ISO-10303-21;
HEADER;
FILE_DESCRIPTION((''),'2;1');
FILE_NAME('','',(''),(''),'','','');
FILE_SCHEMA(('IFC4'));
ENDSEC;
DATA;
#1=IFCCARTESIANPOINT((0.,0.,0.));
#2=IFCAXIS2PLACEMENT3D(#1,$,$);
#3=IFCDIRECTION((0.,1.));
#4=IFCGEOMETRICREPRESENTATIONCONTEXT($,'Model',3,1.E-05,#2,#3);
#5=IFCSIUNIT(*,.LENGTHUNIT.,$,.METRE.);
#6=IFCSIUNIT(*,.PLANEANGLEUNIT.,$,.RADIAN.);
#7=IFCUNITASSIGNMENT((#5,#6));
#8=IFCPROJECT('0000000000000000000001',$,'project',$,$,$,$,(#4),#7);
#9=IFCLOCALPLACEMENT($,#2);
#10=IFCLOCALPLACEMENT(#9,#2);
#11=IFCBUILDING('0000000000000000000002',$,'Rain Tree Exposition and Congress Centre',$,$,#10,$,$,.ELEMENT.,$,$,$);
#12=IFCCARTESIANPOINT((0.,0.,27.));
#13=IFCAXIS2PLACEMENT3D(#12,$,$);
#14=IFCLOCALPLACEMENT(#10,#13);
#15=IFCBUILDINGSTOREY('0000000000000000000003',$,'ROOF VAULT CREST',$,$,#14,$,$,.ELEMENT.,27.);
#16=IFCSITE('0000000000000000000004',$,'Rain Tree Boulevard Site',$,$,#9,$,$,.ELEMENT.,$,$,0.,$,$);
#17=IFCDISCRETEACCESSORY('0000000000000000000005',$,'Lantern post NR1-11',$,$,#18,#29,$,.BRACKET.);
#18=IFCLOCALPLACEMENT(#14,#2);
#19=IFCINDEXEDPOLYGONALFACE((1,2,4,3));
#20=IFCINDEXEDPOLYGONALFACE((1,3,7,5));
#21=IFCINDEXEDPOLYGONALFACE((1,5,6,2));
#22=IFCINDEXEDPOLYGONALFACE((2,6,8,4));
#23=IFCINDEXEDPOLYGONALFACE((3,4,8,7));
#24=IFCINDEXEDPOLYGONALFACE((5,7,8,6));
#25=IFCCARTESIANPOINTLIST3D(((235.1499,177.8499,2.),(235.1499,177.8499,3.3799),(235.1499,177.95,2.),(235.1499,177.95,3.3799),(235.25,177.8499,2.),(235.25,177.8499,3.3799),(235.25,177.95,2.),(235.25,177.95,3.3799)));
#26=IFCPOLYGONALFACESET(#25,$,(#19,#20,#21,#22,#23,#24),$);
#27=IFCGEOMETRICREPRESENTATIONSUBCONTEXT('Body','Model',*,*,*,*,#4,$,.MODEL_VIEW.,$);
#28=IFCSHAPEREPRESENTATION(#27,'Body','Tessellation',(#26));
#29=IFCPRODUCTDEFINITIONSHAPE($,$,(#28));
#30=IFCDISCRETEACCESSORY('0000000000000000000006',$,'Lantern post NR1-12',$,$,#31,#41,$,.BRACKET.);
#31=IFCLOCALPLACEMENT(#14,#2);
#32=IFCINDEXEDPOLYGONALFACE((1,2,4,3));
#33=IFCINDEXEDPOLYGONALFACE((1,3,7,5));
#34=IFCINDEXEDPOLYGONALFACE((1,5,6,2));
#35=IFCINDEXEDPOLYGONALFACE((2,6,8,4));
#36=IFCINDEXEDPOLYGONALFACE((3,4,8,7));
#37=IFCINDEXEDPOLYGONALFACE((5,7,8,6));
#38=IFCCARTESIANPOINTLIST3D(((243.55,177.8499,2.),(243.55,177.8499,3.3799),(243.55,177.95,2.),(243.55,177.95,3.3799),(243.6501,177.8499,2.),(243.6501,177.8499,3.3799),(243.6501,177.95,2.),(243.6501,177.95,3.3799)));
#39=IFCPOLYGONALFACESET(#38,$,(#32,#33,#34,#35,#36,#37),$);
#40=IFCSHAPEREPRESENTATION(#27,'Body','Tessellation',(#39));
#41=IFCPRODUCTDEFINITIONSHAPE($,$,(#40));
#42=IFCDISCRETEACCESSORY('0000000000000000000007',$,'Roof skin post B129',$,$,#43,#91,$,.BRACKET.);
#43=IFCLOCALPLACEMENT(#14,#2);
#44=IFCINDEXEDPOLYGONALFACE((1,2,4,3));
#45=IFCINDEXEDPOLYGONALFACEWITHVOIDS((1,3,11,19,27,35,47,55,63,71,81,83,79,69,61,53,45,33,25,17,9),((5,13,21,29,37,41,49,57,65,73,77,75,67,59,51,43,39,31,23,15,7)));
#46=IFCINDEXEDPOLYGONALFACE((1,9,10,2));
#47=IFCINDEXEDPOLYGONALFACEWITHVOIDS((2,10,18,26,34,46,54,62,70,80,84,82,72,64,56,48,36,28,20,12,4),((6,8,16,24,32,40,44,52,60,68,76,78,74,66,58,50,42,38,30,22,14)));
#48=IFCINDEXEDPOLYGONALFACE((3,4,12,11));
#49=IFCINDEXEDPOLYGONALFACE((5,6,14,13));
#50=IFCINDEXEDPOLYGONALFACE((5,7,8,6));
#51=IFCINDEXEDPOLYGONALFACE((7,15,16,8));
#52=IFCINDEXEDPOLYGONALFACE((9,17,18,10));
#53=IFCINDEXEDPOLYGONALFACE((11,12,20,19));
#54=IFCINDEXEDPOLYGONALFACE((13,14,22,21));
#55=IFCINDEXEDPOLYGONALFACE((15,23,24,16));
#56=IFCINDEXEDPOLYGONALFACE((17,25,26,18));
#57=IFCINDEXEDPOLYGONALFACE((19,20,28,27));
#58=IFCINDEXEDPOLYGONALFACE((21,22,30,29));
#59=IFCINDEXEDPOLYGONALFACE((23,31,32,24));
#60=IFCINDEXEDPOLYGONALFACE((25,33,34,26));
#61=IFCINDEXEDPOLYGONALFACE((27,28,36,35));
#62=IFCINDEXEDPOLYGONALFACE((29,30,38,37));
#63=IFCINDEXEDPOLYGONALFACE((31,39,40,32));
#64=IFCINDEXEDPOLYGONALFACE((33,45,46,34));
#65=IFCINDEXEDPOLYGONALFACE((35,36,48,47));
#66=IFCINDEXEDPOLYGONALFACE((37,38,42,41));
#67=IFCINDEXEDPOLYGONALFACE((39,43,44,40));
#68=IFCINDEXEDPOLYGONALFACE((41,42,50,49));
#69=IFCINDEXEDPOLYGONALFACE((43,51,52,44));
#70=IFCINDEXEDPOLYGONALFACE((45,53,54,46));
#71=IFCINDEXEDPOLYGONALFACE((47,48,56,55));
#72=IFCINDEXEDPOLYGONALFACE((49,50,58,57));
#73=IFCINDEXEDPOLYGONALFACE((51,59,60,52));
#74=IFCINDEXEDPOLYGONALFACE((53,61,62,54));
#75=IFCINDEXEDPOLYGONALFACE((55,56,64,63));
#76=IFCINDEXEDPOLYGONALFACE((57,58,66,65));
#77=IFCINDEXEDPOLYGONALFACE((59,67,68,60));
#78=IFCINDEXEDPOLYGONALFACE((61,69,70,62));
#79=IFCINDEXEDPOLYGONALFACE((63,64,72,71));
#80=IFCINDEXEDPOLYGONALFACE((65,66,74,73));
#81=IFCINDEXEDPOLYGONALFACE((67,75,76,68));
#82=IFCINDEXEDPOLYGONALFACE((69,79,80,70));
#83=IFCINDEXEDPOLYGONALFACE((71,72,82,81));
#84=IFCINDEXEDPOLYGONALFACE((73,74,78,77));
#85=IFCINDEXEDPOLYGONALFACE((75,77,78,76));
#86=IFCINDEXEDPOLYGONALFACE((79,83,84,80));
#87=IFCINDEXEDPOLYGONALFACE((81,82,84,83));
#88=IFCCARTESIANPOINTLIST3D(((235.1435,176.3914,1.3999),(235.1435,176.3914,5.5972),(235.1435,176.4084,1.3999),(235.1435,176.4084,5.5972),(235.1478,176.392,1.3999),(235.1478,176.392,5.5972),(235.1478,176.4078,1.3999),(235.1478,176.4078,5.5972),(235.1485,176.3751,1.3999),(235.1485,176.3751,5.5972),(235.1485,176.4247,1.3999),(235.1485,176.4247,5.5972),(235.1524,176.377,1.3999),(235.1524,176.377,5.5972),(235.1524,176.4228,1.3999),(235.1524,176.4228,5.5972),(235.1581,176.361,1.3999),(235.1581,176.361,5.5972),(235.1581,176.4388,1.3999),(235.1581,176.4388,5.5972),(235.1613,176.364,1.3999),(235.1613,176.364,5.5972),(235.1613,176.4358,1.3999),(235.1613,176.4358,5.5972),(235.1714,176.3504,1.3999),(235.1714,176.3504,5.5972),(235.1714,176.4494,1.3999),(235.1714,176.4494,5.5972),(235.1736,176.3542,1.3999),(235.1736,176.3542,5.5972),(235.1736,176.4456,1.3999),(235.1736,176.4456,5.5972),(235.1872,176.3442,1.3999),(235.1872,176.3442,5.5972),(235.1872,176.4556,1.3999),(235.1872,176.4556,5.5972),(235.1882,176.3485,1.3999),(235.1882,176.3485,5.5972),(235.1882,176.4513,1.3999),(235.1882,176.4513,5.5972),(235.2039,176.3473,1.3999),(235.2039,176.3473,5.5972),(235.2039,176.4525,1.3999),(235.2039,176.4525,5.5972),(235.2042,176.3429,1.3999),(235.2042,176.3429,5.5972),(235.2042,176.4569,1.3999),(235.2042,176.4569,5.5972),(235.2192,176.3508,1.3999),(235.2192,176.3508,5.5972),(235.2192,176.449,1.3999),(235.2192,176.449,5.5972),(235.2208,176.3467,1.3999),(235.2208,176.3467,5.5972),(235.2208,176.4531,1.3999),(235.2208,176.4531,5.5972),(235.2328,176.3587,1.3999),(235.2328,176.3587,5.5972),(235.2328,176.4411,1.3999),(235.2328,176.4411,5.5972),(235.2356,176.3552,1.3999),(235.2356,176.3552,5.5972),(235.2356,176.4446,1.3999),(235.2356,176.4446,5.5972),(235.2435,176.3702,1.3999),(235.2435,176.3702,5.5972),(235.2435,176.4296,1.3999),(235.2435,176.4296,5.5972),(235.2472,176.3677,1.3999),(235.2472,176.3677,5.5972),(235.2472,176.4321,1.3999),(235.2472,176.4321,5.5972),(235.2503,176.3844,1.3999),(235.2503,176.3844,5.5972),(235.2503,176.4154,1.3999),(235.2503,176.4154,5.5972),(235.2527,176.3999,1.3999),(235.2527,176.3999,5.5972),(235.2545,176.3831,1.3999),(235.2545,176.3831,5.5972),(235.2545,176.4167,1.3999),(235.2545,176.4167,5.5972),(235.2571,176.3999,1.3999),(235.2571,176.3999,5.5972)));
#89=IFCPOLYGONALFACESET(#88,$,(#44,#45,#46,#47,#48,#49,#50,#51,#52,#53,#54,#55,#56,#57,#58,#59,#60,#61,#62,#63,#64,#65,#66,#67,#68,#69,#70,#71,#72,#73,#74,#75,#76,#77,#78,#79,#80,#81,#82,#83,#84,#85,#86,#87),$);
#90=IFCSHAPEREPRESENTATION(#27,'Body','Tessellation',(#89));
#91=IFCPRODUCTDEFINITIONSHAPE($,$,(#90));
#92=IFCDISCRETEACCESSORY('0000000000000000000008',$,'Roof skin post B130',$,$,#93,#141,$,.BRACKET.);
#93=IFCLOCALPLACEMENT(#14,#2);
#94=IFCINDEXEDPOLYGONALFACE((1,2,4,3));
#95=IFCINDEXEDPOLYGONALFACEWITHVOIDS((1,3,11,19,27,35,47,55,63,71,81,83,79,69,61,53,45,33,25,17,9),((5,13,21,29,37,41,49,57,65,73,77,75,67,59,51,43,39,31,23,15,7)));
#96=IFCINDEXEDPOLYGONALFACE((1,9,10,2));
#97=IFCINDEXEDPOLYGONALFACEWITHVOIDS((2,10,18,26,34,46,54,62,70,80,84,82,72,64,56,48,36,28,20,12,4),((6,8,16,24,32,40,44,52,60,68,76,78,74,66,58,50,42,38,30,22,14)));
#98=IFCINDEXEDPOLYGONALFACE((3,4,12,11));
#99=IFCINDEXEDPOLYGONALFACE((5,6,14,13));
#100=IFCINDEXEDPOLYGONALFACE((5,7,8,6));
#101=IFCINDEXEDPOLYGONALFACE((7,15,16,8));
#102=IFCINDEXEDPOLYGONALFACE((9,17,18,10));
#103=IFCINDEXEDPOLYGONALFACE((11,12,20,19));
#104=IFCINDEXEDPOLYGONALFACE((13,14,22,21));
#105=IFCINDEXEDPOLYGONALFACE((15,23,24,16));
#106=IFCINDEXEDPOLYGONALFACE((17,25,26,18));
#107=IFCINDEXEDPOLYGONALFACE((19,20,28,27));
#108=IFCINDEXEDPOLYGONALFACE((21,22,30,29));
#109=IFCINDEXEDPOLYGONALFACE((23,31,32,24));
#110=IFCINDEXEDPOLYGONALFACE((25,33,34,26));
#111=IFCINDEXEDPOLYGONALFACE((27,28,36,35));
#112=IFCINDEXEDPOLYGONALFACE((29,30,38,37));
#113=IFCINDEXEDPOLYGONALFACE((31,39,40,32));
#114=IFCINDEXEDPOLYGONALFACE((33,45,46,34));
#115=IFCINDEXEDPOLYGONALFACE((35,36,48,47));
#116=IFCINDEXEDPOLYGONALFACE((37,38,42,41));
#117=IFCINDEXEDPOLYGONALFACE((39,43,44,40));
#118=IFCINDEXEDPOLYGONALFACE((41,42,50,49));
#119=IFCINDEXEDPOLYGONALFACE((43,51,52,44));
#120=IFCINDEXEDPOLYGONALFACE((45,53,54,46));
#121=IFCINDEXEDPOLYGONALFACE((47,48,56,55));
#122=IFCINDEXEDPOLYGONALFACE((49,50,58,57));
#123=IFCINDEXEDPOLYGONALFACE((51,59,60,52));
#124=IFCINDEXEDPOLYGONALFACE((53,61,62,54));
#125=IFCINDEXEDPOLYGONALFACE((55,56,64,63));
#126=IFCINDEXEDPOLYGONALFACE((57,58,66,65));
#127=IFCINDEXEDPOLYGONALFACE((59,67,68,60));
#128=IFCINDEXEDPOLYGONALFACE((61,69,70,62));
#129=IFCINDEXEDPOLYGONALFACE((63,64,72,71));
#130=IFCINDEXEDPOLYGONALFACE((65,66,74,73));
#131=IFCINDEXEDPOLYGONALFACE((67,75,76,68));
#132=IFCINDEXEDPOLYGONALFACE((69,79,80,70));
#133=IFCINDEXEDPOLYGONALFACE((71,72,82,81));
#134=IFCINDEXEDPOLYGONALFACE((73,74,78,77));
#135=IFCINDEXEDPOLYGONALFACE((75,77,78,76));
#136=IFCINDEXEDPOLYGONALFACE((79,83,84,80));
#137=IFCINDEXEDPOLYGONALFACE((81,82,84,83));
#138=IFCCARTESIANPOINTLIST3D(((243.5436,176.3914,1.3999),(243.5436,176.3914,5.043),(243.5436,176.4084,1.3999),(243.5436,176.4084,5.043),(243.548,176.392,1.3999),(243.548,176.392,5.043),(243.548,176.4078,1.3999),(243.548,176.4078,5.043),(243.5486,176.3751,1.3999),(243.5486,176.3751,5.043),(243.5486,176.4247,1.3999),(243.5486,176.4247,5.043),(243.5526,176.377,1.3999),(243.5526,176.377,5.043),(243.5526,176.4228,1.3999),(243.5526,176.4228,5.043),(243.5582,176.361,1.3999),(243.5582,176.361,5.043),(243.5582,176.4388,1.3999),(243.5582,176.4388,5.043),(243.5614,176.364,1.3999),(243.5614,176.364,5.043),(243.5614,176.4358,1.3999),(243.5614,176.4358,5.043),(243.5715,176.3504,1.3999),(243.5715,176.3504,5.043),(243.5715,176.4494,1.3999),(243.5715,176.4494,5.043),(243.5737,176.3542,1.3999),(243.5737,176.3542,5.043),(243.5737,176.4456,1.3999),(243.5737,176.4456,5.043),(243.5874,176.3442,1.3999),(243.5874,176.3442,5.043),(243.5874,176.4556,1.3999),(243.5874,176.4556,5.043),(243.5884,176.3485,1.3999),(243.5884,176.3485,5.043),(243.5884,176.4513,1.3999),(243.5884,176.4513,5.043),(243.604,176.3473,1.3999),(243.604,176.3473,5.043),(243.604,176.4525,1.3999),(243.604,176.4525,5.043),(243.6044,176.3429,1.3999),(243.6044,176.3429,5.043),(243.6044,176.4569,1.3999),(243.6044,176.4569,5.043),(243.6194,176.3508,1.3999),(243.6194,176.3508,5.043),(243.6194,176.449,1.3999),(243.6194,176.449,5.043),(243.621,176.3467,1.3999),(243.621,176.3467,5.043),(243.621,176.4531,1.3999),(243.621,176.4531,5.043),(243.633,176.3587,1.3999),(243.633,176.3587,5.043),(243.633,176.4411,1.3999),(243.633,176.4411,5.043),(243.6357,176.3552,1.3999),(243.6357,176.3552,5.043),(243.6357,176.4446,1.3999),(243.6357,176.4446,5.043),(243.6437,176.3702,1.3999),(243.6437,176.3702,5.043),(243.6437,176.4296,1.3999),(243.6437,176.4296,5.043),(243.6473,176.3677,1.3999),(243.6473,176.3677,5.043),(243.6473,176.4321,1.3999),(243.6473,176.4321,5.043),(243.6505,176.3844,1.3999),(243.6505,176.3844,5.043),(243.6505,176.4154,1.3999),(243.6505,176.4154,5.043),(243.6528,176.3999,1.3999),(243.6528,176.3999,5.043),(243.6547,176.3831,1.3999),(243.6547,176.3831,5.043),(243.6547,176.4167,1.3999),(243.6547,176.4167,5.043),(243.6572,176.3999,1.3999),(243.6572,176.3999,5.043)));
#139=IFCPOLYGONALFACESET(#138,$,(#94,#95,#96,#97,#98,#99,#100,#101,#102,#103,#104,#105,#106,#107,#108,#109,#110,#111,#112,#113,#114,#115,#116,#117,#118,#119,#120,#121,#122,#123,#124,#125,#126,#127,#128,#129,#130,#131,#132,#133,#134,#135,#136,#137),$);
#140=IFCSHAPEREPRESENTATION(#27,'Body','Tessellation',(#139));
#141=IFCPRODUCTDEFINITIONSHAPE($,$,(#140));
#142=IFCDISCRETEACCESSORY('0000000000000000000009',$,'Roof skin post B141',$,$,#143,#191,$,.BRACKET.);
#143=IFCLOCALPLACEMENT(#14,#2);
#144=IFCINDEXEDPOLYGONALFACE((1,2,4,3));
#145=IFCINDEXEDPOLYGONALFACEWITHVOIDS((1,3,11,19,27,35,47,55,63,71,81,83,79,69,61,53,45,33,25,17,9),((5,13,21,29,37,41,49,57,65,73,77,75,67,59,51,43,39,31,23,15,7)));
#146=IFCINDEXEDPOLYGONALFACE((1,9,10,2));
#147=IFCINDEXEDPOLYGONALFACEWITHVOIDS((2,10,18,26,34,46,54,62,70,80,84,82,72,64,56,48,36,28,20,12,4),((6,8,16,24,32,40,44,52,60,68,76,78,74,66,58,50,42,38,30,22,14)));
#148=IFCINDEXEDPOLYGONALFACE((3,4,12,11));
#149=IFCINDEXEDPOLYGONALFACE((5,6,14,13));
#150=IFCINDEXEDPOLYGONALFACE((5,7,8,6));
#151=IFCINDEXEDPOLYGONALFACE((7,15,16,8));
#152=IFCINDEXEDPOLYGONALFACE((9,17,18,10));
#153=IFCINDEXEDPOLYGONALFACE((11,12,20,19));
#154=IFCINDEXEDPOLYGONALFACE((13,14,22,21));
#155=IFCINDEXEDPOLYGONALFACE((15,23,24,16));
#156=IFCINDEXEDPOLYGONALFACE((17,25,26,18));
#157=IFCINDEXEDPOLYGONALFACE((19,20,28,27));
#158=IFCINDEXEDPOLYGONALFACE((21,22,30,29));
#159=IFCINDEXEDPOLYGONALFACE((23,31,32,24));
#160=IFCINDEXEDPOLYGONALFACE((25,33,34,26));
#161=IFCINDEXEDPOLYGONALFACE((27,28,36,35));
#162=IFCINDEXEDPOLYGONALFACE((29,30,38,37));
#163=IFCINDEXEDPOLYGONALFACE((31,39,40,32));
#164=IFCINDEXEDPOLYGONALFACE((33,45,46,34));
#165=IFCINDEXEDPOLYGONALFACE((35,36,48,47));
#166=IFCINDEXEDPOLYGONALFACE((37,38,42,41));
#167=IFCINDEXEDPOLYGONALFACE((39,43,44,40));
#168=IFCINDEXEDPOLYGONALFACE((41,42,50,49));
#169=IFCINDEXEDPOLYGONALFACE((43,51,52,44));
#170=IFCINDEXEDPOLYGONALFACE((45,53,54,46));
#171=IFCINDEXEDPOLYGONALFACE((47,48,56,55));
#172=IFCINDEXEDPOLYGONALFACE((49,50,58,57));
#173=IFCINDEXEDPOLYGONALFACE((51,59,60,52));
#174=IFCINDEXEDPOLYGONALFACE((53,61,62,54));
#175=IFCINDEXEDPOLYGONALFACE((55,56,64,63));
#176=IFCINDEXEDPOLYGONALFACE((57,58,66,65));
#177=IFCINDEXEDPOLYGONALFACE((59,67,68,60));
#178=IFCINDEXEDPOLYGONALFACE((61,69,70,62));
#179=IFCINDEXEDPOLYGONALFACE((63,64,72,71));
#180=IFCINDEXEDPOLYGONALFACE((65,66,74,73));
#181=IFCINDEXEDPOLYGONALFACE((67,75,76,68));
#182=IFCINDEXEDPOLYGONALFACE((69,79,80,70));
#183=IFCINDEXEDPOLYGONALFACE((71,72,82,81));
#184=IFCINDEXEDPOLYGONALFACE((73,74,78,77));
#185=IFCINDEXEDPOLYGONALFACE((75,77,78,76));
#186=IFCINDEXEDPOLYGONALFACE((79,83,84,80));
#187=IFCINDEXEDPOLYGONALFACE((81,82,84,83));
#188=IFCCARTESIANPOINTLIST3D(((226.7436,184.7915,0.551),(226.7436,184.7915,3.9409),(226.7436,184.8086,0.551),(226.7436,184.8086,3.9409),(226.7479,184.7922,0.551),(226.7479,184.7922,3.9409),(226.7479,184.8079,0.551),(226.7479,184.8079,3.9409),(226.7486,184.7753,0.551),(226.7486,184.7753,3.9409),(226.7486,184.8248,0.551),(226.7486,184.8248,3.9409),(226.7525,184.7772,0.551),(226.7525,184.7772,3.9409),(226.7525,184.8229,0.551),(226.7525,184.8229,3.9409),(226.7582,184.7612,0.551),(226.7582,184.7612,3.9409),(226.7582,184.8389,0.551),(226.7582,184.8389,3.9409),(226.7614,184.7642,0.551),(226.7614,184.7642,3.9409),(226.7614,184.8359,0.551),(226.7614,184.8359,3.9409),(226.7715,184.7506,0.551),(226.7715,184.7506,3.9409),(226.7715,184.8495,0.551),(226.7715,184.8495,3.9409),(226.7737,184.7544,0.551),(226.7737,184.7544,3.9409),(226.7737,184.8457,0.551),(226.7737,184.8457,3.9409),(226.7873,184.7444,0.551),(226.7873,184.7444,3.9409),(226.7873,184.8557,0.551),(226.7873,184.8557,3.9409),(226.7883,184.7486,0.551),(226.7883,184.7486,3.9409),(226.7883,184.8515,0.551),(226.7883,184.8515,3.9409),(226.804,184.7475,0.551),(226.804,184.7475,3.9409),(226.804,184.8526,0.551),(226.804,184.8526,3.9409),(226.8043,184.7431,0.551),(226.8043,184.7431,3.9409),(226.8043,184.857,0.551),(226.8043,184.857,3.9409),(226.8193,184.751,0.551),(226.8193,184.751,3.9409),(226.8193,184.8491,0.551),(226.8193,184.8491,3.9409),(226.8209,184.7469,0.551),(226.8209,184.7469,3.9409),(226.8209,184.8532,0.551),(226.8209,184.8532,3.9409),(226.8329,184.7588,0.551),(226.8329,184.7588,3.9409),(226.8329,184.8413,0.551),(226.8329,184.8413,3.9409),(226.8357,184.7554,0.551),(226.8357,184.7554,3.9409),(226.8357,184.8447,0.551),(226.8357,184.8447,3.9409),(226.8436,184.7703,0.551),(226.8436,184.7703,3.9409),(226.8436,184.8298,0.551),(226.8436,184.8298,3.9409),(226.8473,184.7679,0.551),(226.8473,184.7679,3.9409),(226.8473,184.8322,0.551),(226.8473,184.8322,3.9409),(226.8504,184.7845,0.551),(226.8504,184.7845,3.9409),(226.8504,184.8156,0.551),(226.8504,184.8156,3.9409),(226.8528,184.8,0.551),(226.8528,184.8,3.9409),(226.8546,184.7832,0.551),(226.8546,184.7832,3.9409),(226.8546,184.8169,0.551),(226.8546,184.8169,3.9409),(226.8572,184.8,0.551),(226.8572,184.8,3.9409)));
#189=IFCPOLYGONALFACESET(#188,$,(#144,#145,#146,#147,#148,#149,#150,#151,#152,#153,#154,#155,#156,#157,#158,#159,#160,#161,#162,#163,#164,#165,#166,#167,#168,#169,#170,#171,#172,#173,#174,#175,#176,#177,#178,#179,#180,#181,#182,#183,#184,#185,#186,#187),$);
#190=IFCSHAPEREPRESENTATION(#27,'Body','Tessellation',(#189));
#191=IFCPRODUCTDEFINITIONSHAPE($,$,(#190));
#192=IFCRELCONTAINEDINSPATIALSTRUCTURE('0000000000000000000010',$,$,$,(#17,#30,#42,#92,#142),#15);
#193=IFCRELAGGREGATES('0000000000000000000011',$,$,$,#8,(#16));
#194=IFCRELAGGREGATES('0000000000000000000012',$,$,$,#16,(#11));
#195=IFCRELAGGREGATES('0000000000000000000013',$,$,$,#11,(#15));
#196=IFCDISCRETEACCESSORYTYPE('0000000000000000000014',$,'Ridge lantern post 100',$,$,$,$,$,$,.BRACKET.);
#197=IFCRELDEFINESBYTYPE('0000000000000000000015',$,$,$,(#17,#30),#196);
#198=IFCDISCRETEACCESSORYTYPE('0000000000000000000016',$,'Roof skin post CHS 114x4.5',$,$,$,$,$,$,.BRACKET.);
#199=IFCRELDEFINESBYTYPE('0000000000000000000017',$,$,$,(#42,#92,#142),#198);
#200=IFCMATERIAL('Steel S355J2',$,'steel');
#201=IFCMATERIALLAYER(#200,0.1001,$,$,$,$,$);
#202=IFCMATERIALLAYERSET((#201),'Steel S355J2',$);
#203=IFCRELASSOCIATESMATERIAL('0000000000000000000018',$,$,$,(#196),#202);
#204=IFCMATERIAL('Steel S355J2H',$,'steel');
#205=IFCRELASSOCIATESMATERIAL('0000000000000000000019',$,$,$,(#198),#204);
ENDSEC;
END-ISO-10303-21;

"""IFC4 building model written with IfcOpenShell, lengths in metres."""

from ifc_helpers import new_model, si_unit, direction, frame, origin, origin_2d, place, context, subcontext, project, spatial, rectangle, hollow_circle, extrude, material, layer, layer_set, material_profile, profile_set, type_object, element, save


model = new_model("IFC4")

# Units and contexts
model_context = context("Model", 3, precision=1e-05, world=origin(), true_north=direction((0.0, 1.0)))
body_context = subcontext(model_context, "Body", "Model", "MODEL_VIEW")
ifc_project = project(units=[si_unit("LENGTHUNIT", "METRE"), si_unit("PLANEANGLEUNIT", "RADIAN")], contexts=[model_context])

# Site, building, storey
site_placement = place(None, origin())
site = spatial("IfcSite", under=ifc_project, at=site_placement, Name="Rain Tree Boulevard Site", CompositionType="ELEMENT", RefElevation=0.0)
building_placement = place(site_placement, origin())
building = spatial("IfcBuilding", under=site, at=building_placement, Name="Rain Tree Exposition and Congress Centre", CompositionType="ELEMENT")
storey_placement = place(building_placement, frame((0.0, 0.0, 27.0)))
storey = spatial("IfcBuildingStorey", under=building, at=storey_placement, Name="ROOF VAULT CREST", CompositionType="ELEMENT", Elevation=27.0)

# Discrete accessories
ifc_material_1 = material(Name="Steel S355J2", Category="steel")
ifc_layer_1 = layer(ifc_material_1, 0.1001)
ifc_layer_set_1 = layer_set([ifc_layer_1], Name="Steel S355J2")
discrete_accessory_type_1 = type_object("IfcDiscreteAccessoryType", Name="Ridge lantern post 100", PredefinedType="BRACKET", material=ifc_layer_set_1)
for number, where, z_axis, x_axis, name in (
    (1, (235.2, 177.8999, 2.0), (0.0, 0.0, 1.0), (1.0, 0.0, 0.0), "Lantern post NR1-11"),
    (2, (243.6001, 177.8999, 2.0), (0.0, 0.0, 1.0), (1.0, 0.0, 0.0), "Lantern post NR1-12"),
):
    element("IfcDiscreteAccessory", number, at=place(storey_placement, frame(where, z_axis=z_axis, x_axis=x_axis)), inside=storey, type_object=discrete_accessory_type_1, Name=name, PredefinedType="BRACKET", context=body_context, shape_type="SweptSolid", body=[
        extrude(rectangle(XDim=0.1001, YDim=0.1001, at=origin_2d()), origin(), (0.0, 0.0, 1.0), 1.3799),
    ])
ifc_material_2 = material(Name="Steel S355J2H", Category="steel")
ifc_material_profile_1 = material_profile(ifc_material_2, hollow_circle(Radius=0.0571, WallThickness=0.0044, at=origin_2d()), Name="CHS 114x4.5")
ifc_profile_set_1 = profile_set([ifc_material_profile_1], Name="Steel S355J2H")
discrete_accessory_type_2 = type_object("IfcDiscreteAccessoryType", Name="Roof skin post CHS 114x4.5", PredefinedType="BRACKET", material=ifc_profile_set_1)
discrete_accessory_1_placement = place(storey_placement, frame((235.2, 176.3999, 1.3999), z_axis=(0.0, 0.0, 1.0), x_axis=(1.0, 0.0, 0.0)))
element("IfcDiscreteAccessory", 3, at=discrete_accessory_1_placement, inside=storey, type_object=discrete_accessory_type_2, Name="Roof skin post B129", PredefinedType="BRACKET", context=body_context, shape_type="SweptSolid", body=[
    extrude(hollow_circle(Radius=0.0571, WallThickness=0.0044, at=origin_2d()), origin(), (0.0, 0.0, 1.0), 4.1973),
])
discrete_accessory_2_placement = place(storey_placement, frame((243.6001, 176.3999, 1.3999), z_axis=(0.0, 0.0, 1.0), x_axis=(1.0, 0.0, 0.0)))
element("IfcDiscreteAccessory", 4, at=discrete_accessory_2_placement, inside=storey, type_object=discrete_accessory_type_2, Name="Roof skin post B130", PredefinedType="BRACKET", context=body_context, shape_type="SweptSolid", body=[
    extrude(hollow_circle(Radius=0.0571, WallThickness=0.0044, at=origin_2d()), origin(), (0.0, 0.0, 1.0), 3.6431),
])
discrete_accessory_3_placement = place(storey_placement, frame((226.8, 184.8, 0.551), z_axis=(0.0, 0.0, 1.0), x_axis=(1.0, 0.0, 0.0)))
element("IfcDiscreteAccessory", 5, at=discrete_accessory_3_placement, inside=storey, type_object=discrete_accessory_type_2, Name="Roof skin post B141", PredefinedType="BRACKET", context=body_context, shape_type="SweptSolid", body=[
    extrude(hollow_circle(Radius=0.0571, WallThickness=0.0044, at=origin_2d()), origin(), (0.0, 0.0, 1.0), 3.3899),
])

save(model, "model.ifc")
